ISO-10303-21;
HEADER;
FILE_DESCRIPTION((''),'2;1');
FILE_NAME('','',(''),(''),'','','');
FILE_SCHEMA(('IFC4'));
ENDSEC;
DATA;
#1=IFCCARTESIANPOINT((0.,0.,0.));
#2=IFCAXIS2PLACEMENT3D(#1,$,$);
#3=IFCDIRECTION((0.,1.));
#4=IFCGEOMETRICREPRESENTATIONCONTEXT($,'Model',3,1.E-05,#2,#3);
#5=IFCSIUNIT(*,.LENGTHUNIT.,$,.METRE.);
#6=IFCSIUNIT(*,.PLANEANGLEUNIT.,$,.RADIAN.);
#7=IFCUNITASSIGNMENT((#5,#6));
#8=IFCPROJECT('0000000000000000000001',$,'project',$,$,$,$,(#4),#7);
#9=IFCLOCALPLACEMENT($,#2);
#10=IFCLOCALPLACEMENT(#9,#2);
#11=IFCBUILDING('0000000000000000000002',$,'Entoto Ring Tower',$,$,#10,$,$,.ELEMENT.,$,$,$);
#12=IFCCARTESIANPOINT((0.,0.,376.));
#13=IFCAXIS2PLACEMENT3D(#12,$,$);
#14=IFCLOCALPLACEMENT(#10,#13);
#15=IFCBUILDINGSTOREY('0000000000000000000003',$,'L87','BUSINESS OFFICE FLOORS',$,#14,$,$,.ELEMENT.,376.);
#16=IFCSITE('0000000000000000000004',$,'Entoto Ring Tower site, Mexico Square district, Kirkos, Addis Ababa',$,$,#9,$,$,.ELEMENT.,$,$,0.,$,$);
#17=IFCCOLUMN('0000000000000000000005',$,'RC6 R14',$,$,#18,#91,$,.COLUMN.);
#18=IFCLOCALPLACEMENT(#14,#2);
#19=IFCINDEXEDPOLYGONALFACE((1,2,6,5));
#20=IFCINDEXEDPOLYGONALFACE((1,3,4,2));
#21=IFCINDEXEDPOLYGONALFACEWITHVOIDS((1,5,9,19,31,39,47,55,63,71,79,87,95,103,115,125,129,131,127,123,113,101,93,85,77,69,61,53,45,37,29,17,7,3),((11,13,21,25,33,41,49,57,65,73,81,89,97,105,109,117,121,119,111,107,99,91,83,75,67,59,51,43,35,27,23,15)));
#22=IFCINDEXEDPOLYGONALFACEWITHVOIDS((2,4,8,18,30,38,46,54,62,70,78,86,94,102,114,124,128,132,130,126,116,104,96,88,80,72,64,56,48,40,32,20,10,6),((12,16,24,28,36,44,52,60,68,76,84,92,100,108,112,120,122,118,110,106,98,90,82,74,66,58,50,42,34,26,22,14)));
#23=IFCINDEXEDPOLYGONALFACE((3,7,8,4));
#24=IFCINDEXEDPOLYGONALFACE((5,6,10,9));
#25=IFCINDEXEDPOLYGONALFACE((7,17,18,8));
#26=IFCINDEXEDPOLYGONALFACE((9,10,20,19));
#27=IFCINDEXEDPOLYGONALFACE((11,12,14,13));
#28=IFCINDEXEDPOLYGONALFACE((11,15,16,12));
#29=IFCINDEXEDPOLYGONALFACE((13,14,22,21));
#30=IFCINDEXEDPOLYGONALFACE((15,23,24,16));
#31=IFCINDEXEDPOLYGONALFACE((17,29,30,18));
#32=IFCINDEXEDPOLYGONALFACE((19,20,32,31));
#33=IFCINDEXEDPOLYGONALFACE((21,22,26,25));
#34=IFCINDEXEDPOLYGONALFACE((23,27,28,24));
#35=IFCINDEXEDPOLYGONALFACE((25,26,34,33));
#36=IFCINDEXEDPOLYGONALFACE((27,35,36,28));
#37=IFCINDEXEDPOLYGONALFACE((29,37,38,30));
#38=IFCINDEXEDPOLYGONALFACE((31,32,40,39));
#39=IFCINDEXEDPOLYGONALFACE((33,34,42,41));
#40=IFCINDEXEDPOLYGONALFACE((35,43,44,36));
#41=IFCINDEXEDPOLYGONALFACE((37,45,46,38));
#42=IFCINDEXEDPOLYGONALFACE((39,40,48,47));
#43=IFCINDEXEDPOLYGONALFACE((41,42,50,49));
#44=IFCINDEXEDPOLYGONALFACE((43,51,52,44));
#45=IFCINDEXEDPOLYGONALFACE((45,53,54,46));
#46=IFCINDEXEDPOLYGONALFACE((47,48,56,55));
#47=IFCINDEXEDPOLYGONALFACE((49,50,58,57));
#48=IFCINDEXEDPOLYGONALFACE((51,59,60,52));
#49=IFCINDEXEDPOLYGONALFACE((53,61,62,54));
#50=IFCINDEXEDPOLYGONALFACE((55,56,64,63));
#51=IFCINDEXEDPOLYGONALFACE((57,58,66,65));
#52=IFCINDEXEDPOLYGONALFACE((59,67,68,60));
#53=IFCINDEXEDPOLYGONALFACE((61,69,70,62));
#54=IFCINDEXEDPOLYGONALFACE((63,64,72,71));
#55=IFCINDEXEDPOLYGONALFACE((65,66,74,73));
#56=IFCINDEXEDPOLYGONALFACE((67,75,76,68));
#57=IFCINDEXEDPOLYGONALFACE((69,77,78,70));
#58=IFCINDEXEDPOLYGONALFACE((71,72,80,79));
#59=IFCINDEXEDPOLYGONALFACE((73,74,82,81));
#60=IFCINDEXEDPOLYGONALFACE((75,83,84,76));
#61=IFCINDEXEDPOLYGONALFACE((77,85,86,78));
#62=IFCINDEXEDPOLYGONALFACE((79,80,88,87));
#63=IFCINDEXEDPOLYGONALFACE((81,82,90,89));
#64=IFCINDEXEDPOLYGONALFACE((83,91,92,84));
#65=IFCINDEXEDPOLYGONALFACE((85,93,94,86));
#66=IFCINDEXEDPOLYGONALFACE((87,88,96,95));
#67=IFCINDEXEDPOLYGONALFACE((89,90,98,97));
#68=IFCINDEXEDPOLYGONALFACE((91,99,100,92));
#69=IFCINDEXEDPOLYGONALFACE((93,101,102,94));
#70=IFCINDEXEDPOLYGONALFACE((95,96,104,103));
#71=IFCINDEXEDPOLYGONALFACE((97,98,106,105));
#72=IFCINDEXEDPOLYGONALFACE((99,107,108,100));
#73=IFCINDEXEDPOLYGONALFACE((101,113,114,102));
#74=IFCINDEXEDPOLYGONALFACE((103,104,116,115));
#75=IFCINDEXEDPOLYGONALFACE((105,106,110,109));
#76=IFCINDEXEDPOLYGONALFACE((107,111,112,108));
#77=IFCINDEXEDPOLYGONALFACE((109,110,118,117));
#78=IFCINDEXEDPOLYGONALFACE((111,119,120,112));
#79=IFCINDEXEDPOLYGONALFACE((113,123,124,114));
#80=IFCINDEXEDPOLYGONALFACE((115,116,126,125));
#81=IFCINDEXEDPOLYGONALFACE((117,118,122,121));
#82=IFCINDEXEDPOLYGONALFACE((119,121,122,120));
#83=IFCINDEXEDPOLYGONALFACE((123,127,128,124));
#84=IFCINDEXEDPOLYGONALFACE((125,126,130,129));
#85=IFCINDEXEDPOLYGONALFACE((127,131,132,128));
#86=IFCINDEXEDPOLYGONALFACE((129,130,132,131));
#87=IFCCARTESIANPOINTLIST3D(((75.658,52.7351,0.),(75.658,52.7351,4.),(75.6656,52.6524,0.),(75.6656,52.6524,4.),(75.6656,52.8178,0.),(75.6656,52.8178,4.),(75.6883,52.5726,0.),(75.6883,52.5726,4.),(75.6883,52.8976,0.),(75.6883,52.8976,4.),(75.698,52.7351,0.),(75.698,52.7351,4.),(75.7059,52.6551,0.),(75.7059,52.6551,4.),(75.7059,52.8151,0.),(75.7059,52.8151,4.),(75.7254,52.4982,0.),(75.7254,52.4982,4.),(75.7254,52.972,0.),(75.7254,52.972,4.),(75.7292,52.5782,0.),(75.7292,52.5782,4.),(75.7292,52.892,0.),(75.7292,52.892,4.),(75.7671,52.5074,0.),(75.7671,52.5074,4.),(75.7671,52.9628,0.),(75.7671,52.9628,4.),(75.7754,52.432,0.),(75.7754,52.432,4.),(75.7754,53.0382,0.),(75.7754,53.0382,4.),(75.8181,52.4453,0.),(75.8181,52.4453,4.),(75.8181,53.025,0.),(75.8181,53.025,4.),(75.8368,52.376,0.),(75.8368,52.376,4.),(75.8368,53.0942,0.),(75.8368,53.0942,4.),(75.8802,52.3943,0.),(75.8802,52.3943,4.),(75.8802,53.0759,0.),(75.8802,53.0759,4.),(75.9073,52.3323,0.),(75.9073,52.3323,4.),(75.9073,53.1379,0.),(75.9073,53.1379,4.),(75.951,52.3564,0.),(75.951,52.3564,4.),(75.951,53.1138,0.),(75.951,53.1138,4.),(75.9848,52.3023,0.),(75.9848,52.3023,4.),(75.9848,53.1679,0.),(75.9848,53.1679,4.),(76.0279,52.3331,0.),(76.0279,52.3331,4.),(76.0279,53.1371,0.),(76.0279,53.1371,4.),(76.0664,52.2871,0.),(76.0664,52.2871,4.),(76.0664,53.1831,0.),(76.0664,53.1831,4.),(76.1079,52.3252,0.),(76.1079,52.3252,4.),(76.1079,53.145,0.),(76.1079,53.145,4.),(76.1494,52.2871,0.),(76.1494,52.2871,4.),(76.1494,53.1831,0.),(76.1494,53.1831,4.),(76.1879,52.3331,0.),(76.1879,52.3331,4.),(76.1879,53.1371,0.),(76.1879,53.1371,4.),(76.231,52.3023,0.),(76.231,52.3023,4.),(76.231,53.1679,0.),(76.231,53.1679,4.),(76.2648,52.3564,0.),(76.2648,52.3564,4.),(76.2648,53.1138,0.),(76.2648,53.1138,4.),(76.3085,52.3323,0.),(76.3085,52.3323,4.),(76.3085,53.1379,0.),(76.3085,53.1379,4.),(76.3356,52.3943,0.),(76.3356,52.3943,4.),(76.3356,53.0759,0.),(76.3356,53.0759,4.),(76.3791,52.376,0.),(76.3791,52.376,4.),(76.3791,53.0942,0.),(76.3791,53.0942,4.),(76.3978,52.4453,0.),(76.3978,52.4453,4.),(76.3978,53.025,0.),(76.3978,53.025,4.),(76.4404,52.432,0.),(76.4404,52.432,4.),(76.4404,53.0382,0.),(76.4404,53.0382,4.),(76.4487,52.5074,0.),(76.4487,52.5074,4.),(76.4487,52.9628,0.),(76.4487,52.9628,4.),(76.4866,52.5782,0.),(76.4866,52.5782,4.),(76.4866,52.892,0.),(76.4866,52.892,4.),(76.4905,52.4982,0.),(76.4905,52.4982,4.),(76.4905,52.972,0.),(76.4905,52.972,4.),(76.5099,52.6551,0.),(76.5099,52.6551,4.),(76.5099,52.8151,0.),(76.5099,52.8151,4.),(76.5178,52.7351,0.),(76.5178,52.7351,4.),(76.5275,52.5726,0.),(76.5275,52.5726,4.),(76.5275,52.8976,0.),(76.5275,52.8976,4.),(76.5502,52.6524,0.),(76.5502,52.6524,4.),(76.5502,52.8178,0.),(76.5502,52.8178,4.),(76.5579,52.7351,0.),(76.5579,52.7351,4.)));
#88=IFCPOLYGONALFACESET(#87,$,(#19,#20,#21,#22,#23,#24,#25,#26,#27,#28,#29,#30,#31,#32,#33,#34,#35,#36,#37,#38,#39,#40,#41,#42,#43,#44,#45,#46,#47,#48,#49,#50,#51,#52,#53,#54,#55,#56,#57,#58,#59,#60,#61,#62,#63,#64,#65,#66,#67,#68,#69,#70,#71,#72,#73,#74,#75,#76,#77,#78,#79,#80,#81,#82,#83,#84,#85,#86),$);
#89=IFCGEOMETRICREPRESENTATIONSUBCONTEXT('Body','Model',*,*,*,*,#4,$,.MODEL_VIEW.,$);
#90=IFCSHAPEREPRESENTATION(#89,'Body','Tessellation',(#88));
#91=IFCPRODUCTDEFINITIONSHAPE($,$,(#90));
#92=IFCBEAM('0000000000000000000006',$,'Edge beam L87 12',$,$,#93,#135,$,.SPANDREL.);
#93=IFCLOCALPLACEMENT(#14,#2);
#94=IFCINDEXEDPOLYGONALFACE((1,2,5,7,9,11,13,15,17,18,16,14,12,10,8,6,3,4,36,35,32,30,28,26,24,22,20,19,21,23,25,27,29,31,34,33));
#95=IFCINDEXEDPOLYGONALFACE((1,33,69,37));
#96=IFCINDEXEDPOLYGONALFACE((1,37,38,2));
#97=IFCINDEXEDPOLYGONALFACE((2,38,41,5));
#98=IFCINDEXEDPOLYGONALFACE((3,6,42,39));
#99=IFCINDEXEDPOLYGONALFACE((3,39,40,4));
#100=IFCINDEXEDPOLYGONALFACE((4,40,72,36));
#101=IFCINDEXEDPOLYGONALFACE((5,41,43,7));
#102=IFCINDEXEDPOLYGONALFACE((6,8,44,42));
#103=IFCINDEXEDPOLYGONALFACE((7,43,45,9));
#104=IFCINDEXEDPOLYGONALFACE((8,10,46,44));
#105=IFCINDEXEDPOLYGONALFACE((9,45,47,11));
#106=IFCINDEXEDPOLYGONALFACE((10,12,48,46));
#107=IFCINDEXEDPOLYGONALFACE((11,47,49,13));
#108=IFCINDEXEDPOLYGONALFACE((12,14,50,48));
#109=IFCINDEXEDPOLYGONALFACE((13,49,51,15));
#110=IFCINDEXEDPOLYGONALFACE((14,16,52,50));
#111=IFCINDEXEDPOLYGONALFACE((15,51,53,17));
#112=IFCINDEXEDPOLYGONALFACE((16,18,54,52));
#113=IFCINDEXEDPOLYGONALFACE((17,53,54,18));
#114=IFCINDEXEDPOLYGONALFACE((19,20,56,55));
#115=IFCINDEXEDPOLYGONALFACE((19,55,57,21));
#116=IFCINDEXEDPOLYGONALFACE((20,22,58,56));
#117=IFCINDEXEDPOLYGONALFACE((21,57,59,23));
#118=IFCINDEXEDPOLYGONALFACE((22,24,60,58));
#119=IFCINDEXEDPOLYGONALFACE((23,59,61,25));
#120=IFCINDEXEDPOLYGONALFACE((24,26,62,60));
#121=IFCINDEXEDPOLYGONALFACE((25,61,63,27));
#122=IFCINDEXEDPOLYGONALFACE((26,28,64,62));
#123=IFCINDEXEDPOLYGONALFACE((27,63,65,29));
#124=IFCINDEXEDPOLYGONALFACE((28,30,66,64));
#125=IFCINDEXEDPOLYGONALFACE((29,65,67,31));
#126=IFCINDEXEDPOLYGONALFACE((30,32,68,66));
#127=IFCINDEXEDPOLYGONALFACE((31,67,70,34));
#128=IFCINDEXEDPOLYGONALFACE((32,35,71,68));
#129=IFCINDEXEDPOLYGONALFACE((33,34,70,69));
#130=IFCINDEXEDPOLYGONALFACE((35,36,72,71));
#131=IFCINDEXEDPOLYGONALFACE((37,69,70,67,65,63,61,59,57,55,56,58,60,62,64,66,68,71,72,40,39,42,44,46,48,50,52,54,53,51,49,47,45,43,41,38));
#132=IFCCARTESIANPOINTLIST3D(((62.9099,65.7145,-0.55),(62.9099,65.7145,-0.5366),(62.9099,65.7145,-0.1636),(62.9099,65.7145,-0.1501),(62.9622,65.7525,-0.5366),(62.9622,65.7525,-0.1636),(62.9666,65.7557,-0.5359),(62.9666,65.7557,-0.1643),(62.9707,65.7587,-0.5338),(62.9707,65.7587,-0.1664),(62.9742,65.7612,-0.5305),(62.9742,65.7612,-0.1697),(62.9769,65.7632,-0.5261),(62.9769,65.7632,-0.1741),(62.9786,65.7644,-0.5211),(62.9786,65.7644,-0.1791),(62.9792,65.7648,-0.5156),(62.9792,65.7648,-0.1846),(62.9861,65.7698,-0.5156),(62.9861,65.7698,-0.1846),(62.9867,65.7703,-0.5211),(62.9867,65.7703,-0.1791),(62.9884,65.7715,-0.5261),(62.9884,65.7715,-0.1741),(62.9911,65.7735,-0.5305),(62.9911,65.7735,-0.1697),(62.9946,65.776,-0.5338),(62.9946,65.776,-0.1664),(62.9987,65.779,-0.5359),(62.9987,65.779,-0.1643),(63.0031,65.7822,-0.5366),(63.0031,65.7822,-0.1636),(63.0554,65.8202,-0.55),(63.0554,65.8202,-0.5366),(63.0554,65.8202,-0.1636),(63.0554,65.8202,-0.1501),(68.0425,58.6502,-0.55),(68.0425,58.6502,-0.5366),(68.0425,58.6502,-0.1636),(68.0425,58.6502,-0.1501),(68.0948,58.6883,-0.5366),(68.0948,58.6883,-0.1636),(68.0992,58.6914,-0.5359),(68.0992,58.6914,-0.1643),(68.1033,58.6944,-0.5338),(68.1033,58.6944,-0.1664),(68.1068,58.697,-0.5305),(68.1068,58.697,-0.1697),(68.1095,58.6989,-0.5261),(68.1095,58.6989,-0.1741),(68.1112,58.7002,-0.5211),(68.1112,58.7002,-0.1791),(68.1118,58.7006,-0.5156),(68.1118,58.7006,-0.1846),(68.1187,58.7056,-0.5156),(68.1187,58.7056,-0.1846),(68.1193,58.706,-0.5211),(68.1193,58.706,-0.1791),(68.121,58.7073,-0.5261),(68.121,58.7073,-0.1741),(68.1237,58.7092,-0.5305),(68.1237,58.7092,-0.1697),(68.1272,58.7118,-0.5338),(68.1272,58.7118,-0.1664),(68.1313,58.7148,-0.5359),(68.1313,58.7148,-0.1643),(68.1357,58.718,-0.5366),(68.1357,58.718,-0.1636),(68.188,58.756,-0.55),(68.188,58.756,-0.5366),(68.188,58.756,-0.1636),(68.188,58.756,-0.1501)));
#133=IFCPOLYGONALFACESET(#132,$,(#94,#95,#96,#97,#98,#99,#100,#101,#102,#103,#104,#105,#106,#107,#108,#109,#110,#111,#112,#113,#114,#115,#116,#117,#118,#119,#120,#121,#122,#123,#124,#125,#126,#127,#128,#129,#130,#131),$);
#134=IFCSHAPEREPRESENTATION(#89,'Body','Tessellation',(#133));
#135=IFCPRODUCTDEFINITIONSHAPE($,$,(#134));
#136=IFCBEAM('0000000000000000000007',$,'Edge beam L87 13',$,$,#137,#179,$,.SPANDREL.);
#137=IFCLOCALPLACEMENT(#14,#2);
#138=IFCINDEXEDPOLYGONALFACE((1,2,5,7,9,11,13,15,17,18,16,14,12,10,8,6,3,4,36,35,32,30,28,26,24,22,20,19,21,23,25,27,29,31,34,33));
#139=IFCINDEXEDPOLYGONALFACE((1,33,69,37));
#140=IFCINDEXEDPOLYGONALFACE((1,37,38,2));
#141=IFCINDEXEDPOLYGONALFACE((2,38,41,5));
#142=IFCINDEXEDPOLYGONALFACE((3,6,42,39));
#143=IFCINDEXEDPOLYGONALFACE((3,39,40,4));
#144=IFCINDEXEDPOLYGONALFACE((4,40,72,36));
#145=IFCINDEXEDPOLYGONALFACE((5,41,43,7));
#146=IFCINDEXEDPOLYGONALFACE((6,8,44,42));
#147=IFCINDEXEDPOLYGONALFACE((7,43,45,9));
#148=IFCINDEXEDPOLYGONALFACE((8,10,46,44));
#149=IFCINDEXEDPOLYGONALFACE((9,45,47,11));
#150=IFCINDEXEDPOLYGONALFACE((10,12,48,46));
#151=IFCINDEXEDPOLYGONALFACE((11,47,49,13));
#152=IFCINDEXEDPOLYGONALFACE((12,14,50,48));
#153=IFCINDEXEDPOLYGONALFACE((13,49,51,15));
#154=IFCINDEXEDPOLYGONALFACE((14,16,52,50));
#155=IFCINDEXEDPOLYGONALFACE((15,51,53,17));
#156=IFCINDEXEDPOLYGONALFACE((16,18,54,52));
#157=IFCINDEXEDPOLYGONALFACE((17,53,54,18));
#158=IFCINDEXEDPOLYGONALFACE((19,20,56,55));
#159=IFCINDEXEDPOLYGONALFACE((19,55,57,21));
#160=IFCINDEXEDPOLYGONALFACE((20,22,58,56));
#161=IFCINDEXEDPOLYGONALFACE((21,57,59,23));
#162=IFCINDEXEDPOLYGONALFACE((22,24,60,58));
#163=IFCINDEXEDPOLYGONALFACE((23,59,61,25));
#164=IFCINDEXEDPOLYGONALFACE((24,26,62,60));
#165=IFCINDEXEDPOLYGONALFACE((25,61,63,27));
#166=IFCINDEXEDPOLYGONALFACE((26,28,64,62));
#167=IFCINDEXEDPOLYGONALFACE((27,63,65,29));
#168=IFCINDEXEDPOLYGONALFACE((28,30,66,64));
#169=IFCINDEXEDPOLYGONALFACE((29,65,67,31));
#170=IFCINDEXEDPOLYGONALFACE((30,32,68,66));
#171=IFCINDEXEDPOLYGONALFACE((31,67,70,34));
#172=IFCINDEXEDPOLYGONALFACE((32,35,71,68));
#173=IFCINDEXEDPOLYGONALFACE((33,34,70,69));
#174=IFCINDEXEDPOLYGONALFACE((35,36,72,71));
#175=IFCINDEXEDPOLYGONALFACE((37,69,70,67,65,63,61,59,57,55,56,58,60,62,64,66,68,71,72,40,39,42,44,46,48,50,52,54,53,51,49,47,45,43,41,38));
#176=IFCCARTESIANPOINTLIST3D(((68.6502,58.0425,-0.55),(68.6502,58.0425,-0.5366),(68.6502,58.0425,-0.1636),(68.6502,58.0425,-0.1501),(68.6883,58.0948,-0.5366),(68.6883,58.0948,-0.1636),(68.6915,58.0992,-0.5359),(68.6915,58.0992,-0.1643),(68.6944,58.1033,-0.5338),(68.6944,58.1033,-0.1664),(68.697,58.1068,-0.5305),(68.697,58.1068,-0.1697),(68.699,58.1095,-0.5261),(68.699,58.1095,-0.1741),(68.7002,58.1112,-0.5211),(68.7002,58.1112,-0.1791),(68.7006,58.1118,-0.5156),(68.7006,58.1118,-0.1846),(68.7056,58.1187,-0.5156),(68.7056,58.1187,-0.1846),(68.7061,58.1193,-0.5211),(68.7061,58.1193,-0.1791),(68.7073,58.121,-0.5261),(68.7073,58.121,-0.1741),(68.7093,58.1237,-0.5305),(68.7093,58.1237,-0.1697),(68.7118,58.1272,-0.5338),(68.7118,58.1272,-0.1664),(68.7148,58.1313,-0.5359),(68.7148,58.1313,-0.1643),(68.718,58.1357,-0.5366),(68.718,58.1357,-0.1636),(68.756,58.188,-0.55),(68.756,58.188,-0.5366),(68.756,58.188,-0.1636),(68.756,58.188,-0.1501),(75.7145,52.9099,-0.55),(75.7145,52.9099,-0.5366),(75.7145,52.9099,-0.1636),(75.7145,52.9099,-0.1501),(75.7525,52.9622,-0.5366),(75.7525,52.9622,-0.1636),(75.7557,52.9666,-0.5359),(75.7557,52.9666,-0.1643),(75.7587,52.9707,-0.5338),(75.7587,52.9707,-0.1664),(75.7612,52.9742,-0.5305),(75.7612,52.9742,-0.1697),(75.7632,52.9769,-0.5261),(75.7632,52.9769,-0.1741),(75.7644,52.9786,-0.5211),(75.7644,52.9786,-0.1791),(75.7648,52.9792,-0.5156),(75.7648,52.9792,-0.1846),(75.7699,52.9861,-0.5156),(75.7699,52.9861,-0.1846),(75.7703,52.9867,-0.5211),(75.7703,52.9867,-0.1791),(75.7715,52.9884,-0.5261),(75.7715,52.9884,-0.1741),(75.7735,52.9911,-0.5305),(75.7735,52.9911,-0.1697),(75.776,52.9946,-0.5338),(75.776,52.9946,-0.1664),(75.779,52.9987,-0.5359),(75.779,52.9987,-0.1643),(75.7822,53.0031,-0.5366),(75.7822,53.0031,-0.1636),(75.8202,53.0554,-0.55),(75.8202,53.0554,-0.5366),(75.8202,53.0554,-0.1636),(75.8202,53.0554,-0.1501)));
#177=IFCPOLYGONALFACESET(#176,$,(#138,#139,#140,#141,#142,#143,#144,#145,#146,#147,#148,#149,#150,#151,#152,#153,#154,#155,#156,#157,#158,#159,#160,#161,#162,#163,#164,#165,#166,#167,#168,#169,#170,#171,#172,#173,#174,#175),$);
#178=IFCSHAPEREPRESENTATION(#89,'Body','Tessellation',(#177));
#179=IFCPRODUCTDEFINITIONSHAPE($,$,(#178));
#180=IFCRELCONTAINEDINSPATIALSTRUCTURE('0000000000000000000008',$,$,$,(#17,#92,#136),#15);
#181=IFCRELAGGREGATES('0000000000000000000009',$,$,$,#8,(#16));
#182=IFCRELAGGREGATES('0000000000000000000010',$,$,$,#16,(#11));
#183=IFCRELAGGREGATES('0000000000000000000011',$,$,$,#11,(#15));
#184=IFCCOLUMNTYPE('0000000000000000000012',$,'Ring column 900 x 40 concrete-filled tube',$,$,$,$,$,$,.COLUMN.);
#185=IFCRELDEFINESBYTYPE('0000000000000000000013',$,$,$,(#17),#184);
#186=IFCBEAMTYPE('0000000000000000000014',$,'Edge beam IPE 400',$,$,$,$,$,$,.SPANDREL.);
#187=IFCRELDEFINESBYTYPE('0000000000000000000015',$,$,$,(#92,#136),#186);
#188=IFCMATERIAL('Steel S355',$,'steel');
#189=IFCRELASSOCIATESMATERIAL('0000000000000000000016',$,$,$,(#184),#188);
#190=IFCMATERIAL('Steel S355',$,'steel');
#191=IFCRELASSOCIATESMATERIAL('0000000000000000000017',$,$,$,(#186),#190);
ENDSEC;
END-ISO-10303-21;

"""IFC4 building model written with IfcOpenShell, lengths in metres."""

from ifc_helpers import new_model, si_unit, direction, frame, origin, origin_2d, place, context, subcontext, project, spatial, circle, hollow_circle, i_section, extrude, material, material_profile, profile_set, type_object, element, save


model = new_model("IFC4")

# Units and contexts
model_context = context("Model", 3, precision=1e-05, world=origin(), true_north=direction((0.0, 1.0)))
body_context = subcontext(model_context, "Body", "Model", "MODEL_VIEW")
ifc_project = project(units=[si_unit("LENGTHUNIT", "METRE"), si_unit("PLANEANGLEUNIT", "RADIAN")], contexts=[model_context])

# Site, building, storey
site_placement = place(None, origin())
site = spatial("IfcSite", under=ifc_project, at=site_placement, Name="Entoto Ring Tower site, Mexico Square district, Kirkos, Addis Ababa", CompositionType="ELEMENT", RefElevation=0.0)
building_placement = place(site_placement, origin())
building = spatial("IfcBuilding", under=site, at=building_placement, Name="Entoto Ring Tower", CompositionType="ELEMENT")
storey_placement = place(building_placement, frame((0.0, 0.0, 376.0)))
storey = spatial("IfcBuildingStorey", under=building, at=storey_placement, Name="L87", Description="BUSINESS OFFICE FLOORS", CompositionType="ELEMENT", Elevation=376.0)

# Column
ifc_material_1 = material(Name="Steel S355", Category="steel")
ifc_material_profile_1 = material_profile(ifc_material_1, hollow_circle(Radius=0.45, WallThickness=0.04, at=origin_2d()), Name="CHS 900 x 40")
ifc_material_2 = material(Name="Concrete C60/75", Category="concrete")
ifc_material_profile_2 = material_profile(ifc_material_2, circle(Radius=0.4099, at=origin_2d()), Name="Concrete C60/75 infill")
ifc_profile_set_1 = profile_set([ifc_material_profile_1, ifc_material_profile_2], Name="Steel S355")
column_type = type_object("IfcColumnType", Name="Ring column 900 x 40 concrete-filled tube", PredefinedType="COLUMN", material=ifc_profile_set_1)
for number, where, z_axis, x_axis, name in (
    (1, (76.1079, 52.7351, 0.0), (0.0, 0.0, 1.0), (1.0, 0.0, 0.0), "RC6 R14"),
):
    element("IfcColumn", number, at=place(storey_placement, frame(where, z_axis=z_axis, x_axis=x_axis)), inside=storey, type_object=column_type, Name=name, PredefinedType="COLUMN", context=body_context, shape_type="SweptSolid", body=[
        extrude(hollow_circle(Radius=0.45, WallThickness=0.04, at=origin_2d()), origin(), (0.0, 0.0, 1.0), 4.0),
    ])

# Beams
ifc_material_3 = material(Name="Steel S355", Category="steel")
ifc_material_profile_3 = material_profile(ifc_material_3, i_section(OverallWidth=0.1799, OverallDepth=0.3999, WebThickness=0.0085, FlangeThickness=0.0134, FilletRadius=0.021, at=origin_2d()), Name="IPE 400")
ifc_profile_set_2 = profile_set([ifc_material_profile_3], Name="Steel S355")
beam_type_1 = type_object("IfcBeamType", Name="Edge beam IPE 400", PredefinedType="SPANDREL", material=ifc_profile_set_2)
for number, where, z_axis, x_axis, name in (
    (2, (62.9827, 65.7673, -0.3501), (0.587794, -0.80901, 0.0), (0.80901, 0.587794, 0.0), "Edge beam L87 12"),
    (3, (68.7031, 58.1152, -0.3501), (0.80901, -0.587794, 0.0), (0.587794, 0.80901, 0.0), "Edge beam L87 13"),
):
    element("IfcBeam", number, at=place(storey_placement, frame(where, z_axis=z_axis, x_axis=x_axis)), inside=storey, type_object=beam_type_1, Name=name, PredefinedType="SPANDREL", context=body_context, shape_type="SweptSolid", body=[
        extrude(i_section(OverallWidth=0.1799, OverallDepth=0.3999, WebThickness=0.0085, FlangeThickness=0.0134, FilletRadius=0.021, at=origin_2d()), origin(), (0.0, 0.0, 1.0), 8.7319),
    ])

save(model, "model.ifc")
